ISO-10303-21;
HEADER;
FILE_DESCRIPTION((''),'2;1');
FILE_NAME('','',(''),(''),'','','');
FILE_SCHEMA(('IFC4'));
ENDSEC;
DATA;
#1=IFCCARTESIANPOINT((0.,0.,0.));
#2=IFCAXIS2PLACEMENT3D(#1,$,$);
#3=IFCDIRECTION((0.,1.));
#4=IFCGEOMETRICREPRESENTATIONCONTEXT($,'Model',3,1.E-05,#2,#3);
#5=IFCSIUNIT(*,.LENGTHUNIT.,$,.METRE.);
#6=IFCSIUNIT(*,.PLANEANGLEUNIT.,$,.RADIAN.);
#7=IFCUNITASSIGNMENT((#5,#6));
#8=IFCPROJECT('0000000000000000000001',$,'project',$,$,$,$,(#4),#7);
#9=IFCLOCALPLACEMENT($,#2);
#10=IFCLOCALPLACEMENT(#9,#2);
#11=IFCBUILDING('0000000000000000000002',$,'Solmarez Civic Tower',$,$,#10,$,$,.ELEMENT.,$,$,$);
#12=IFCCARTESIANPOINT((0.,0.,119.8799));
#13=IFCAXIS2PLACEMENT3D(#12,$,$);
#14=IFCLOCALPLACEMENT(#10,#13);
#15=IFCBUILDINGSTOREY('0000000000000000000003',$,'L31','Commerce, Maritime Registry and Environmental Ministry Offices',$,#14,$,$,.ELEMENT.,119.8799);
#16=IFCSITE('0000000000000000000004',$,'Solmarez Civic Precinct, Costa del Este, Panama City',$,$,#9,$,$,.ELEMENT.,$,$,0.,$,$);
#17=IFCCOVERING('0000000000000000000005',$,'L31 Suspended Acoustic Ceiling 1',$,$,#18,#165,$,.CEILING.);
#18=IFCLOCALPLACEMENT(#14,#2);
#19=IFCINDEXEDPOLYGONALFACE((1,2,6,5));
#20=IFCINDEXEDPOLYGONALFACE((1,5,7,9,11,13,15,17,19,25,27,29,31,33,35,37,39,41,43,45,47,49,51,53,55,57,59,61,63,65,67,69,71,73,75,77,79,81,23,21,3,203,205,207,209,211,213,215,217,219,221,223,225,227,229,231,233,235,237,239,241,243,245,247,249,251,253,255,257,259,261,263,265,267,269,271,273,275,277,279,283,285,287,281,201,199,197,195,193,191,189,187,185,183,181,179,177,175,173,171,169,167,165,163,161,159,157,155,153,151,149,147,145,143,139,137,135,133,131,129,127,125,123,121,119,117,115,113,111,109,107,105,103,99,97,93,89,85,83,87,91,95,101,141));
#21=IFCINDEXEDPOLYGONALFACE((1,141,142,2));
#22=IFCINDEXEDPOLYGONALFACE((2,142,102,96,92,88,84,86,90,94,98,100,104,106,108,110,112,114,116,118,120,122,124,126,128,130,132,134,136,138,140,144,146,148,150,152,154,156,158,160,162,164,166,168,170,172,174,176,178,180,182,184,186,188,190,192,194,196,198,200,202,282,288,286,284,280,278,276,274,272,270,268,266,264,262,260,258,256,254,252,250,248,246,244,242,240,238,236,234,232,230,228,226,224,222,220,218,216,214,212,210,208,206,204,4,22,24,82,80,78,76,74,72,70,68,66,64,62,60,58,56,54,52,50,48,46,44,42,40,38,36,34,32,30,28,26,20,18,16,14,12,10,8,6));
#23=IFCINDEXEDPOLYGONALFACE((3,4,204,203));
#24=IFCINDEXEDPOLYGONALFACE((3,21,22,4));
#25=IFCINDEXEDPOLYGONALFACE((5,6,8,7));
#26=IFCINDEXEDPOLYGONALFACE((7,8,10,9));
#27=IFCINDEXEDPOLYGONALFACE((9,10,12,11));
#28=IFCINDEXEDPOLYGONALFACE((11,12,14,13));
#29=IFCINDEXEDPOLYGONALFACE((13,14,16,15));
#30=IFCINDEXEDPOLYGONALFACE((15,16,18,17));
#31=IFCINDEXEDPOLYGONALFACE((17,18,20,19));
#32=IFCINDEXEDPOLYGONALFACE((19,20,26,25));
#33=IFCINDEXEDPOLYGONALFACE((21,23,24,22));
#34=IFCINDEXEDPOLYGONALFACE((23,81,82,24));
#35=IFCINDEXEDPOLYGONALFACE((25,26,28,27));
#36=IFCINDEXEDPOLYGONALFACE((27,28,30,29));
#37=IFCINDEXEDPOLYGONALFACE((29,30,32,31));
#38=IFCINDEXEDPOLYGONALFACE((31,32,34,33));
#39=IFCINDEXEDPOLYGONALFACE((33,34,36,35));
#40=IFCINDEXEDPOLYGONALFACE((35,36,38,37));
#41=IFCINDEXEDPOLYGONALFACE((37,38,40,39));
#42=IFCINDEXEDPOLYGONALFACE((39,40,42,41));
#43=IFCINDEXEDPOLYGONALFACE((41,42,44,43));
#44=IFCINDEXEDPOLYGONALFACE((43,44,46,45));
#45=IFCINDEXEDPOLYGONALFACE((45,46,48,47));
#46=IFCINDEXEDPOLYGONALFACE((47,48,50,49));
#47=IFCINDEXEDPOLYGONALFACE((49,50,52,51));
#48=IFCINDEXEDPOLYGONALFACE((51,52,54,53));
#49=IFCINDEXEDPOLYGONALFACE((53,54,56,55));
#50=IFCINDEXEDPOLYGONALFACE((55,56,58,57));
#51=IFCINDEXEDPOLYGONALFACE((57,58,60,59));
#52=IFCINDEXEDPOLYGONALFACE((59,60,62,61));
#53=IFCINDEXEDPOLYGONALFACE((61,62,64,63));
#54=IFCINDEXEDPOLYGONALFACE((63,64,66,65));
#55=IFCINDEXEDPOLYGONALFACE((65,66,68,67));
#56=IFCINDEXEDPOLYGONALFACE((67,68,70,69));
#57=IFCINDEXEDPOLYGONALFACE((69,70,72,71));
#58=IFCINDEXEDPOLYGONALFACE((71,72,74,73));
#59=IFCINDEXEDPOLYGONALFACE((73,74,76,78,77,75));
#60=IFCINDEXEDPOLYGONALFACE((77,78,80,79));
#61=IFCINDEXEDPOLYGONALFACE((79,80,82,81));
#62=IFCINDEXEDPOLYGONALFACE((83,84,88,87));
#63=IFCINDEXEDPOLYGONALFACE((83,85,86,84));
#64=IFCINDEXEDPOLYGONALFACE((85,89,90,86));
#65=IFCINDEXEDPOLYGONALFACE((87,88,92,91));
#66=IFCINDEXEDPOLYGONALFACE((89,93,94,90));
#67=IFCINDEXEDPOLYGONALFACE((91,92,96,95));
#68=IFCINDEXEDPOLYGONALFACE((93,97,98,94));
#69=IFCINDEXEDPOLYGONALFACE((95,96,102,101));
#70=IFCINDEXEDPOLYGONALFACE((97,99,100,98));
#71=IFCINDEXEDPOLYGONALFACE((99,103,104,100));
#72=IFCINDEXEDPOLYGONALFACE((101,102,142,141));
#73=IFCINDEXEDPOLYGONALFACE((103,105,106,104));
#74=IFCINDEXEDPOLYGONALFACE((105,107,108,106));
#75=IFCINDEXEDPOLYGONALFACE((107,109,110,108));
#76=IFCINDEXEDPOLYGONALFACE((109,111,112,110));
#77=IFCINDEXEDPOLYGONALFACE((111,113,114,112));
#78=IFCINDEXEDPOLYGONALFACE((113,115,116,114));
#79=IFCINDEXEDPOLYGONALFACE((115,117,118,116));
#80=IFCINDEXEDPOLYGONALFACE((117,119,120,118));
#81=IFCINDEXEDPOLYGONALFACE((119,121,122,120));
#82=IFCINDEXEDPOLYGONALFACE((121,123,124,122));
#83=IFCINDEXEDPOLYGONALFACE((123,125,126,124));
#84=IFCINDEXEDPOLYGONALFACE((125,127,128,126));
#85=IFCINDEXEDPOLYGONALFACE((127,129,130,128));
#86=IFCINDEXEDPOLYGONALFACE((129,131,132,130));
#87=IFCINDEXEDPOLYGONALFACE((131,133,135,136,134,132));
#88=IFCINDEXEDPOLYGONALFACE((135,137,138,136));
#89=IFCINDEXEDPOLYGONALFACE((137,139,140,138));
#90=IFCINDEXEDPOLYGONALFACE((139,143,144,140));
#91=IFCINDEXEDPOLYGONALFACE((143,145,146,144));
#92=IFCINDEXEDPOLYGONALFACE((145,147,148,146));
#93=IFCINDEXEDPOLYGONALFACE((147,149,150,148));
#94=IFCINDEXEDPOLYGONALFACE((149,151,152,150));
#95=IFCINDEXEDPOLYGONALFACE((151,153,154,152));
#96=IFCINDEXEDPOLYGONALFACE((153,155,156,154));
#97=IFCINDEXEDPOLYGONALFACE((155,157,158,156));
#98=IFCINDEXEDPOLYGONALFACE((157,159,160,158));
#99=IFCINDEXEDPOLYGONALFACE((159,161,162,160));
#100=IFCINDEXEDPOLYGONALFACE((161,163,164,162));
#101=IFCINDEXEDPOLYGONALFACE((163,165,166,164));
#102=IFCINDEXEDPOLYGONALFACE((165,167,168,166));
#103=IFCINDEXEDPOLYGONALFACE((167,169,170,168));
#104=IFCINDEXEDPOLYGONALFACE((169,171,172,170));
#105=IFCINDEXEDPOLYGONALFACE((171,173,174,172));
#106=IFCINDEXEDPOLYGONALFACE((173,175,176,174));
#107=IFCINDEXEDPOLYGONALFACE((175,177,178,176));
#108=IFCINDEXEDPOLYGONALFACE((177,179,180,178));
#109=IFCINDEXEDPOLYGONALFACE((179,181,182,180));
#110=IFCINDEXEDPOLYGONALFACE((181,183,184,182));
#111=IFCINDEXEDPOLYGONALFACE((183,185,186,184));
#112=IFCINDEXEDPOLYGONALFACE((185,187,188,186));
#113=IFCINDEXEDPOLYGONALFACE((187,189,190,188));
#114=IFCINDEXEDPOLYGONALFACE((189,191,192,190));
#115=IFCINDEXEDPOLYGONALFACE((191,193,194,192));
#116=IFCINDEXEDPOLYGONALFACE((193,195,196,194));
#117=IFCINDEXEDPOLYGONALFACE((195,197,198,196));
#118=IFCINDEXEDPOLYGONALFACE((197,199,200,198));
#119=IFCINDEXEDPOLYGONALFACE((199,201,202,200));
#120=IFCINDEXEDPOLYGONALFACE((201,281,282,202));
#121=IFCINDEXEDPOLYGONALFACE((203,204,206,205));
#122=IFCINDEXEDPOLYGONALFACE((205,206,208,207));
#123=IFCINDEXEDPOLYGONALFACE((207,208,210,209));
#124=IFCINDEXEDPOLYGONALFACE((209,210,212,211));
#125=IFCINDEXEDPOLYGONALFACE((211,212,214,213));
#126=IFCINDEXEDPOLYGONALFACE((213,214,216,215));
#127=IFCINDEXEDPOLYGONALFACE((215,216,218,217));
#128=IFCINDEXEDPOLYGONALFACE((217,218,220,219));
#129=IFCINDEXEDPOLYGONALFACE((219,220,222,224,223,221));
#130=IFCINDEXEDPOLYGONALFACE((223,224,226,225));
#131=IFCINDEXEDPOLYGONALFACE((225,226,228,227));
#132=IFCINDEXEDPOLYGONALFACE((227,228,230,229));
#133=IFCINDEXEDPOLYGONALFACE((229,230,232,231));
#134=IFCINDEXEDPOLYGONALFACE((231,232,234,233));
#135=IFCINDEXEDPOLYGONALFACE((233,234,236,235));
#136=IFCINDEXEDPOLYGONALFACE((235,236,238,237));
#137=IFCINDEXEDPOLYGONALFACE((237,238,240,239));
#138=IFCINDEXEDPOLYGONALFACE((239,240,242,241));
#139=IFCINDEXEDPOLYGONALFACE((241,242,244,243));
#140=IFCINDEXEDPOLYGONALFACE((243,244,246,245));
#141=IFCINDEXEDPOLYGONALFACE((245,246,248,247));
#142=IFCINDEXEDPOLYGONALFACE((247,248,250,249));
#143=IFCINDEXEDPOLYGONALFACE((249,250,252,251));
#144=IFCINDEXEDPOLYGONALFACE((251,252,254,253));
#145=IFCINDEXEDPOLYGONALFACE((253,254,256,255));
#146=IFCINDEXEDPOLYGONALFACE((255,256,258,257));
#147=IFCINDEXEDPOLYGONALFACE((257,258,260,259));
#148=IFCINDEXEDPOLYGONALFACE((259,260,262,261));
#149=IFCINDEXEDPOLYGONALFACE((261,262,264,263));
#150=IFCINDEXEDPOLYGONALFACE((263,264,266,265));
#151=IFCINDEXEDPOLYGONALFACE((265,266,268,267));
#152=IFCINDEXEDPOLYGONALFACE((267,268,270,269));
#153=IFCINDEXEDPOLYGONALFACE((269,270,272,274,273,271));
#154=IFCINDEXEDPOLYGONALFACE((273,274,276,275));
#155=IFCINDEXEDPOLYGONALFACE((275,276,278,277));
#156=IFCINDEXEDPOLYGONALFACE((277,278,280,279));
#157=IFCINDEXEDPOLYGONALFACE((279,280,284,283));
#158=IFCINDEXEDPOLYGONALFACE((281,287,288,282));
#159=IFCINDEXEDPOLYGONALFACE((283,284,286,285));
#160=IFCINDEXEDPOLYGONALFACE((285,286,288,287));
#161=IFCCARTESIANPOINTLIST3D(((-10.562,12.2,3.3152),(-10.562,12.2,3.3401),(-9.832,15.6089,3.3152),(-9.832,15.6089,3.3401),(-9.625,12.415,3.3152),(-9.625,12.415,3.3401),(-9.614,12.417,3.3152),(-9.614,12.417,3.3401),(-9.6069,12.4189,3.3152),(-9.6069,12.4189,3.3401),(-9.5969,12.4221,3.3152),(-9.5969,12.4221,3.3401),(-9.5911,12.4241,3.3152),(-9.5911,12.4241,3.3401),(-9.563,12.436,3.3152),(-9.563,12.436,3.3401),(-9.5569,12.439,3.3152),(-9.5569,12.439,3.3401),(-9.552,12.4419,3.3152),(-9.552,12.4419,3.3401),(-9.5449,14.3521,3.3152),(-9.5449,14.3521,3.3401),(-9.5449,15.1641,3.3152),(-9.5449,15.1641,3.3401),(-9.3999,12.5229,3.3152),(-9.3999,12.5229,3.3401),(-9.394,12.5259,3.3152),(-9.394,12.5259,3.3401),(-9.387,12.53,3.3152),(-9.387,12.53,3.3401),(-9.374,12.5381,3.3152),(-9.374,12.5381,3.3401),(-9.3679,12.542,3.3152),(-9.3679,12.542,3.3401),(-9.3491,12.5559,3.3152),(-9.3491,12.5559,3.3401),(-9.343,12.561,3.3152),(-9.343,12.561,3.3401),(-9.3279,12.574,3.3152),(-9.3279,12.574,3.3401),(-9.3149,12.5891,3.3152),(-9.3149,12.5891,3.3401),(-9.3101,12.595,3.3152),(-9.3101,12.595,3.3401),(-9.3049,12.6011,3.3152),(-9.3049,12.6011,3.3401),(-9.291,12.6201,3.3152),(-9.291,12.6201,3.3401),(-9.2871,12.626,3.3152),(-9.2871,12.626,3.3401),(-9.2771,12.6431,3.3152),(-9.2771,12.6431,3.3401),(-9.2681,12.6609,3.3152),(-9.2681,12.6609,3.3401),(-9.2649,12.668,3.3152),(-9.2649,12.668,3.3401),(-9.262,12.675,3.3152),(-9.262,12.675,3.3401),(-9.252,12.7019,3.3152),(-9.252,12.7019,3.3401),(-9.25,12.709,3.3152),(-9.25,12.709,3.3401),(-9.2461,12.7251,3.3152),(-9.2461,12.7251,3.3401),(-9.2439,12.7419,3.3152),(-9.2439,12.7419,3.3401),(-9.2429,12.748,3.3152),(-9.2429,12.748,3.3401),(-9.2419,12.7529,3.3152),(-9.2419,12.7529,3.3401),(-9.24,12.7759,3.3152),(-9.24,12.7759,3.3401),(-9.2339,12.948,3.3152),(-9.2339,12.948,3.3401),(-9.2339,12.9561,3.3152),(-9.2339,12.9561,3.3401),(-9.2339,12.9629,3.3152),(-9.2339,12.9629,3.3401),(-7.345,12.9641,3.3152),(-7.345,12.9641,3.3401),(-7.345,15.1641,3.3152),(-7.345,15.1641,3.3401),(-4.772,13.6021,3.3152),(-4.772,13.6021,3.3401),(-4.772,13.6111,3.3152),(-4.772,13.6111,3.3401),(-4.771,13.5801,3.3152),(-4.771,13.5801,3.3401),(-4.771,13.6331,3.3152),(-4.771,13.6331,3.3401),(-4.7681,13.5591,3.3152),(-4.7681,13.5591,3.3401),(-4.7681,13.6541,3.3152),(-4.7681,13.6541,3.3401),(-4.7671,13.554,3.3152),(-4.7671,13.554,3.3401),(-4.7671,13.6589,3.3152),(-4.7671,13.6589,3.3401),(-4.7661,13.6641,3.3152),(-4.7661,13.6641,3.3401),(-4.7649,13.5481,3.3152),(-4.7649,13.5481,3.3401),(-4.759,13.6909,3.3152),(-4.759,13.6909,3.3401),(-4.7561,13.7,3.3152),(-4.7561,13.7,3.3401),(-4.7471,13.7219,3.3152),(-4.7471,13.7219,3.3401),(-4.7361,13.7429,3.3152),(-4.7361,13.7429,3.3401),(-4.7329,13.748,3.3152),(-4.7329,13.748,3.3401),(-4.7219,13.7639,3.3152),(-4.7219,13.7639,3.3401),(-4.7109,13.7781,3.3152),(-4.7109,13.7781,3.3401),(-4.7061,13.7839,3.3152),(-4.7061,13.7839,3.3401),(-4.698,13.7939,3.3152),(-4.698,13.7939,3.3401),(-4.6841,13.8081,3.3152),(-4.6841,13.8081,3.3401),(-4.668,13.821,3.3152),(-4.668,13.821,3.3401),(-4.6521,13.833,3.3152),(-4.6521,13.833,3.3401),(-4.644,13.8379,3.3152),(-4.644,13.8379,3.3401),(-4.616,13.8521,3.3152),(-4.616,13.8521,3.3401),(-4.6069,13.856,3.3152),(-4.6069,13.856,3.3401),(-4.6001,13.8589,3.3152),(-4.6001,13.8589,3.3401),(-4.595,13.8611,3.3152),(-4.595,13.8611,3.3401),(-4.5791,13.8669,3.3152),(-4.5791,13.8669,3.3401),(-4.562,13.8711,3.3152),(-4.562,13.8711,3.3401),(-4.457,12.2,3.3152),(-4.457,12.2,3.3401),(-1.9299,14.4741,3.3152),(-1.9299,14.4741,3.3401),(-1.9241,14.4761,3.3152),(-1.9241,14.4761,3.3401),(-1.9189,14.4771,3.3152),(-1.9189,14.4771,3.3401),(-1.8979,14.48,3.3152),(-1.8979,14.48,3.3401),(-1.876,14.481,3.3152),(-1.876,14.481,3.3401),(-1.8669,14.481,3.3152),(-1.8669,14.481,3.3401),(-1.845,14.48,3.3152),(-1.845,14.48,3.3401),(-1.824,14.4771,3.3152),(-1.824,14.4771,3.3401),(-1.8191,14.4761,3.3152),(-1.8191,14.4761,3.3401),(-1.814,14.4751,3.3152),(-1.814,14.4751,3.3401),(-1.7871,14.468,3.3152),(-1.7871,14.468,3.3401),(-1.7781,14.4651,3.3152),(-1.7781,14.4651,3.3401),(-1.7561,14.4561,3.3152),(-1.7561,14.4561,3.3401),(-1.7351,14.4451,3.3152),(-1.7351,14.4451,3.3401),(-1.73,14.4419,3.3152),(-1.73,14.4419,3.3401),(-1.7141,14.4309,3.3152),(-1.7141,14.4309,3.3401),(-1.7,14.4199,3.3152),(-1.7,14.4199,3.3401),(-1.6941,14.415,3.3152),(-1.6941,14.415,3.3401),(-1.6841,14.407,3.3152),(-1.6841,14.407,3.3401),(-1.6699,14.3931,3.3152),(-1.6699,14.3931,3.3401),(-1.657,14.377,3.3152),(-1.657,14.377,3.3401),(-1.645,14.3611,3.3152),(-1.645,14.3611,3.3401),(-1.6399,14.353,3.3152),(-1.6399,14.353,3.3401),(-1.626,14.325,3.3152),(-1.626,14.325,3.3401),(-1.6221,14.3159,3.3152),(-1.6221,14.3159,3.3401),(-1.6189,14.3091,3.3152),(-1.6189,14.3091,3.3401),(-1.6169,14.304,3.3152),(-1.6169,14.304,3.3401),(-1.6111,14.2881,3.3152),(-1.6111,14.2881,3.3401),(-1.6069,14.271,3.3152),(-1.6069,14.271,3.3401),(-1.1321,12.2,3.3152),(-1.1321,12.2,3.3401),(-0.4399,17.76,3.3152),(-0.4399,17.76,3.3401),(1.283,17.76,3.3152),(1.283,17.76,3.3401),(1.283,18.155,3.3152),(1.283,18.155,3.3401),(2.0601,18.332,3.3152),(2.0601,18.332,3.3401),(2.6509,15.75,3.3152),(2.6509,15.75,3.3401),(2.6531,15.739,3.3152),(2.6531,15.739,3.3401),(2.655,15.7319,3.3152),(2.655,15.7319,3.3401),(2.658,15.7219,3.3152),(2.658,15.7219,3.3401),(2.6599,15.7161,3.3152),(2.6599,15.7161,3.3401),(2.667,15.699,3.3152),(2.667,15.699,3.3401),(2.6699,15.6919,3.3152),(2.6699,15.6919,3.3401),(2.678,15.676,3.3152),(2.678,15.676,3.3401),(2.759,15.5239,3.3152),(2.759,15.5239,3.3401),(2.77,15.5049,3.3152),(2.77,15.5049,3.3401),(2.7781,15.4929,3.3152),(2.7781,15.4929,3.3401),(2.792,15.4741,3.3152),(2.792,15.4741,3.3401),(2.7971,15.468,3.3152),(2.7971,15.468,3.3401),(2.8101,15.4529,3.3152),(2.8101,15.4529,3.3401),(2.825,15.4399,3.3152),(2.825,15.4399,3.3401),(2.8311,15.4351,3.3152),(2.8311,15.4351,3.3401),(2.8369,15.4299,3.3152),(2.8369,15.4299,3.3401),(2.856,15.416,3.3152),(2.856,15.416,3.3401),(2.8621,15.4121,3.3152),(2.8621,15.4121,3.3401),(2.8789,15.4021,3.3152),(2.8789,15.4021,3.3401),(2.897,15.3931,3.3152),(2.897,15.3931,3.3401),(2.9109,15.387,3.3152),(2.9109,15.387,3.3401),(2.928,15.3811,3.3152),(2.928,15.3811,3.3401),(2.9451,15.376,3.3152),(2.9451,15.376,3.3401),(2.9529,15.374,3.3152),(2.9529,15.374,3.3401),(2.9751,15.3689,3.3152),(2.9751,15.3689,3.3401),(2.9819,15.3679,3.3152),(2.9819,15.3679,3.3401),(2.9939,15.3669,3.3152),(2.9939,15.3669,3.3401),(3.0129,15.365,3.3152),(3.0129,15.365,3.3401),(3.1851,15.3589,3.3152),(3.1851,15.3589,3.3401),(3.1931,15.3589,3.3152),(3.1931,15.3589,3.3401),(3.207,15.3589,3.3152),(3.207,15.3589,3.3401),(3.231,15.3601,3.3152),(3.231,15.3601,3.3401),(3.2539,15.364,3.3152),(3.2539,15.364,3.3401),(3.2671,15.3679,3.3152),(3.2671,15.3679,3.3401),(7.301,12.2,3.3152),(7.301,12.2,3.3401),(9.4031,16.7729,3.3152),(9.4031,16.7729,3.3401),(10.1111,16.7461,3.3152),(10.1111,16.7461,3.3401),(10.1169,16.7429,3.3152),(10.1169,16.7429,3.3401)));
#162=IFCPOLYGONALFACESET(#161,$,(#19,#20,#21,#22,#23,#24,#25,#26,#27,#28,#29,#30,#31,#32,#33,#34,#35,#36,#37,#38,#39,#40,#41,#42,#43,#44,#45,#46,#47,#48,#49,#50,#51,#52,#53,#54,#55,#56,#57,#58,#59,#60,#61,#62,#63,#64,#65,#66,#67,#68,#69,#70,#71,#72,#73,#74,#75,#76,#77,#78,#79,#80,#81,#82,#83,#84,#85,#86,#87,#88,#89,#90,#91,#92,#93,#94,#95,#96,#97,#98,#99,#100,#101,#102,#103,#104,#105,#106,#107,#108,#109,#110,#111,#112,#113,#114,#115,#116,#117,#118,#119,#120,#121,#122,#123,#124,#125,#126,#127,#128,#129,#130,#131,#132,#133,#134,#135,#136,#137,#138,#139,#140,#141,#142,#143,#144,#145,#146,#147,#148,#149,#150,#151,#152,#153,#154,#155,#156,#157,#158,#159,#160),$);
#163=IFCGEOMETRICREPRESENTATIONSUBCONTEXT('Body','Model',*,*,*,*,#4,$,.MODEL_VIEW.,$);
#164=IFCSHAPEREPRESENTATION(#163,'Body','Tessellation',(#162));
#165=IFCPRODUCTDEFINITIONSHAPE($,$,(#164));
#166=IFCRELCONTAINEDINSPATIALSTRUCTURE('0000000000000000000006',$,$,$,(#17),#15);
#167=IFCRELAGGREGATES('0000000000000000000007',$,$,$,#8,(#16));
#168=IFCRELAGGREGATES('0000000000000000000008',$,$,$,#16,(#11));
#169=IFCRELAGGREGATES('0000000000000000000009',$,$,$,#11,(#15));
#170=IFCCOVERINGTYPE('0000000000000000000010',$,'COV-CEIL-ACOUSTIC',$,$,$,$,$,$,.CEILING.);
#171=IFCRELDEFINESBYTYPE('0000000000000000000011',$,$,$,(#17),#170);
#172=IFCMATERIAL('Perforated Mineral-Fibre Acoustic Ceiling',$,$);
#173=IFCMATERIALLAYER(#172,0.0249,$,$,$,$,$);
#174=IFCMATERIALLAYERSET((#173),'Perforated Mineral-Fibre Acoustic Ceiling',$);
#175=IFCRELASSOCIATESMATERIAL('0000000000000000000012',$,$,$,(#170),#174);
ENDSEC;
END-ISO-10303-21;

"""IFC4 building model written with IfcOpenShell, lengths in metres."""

from ifc_helpers import new_model, si_unit, direction, frame, origin, place, context, subcontext, project, spatial, polyline, outline, extrude, material, layer, layer_set, type_object, element, save


model = new_model("IFC4")

# Units and contexts
model_context = context("Model", 3, precision=1e-05, world=origin(), true_north=direction((0.0, 1.0)))
body_context = subcontext(model_context, "Body", "Model", "MODEL_VIEW")
ifc_project = project(units=[si_unit("LENGTHUNIT", "METRE"), si_unit("PLANEANGLEUNIT", "RADIAN")], contexts=[model_context])

# Site, building, storey
site_placement = place(None, origin())
site = spatial("IfcSite", under=ifc_project, at=site_placement, Name="Solmarez Civic Precinct, Costa del Este, Panama City", CompositionType="ELEMENT", RefElevation=0.0)
building_placement = place(site_placement, origin())
building = spatial("IfcBuilding", under=site, at=building_placement, Name="Solmarez Civic Tower", CompositionType="ELEMENT")
storey_placement = place(building_placement, frame((0.0, 0.0, 119.8799)))
storey = spatial("IfcBuildingStorey", under=building, at=storey_placement, Name="L31", Description="Commerce, Maritime Registry and Environmental Ministry Offices", CompositionType="ELEMENT", Elevation=119.8799)

# Covering
ifc_material_1 = material(Name="Perforated Mineral-Fibre Acoustic Ceiling")
ifc_layer_1 = layer(ifc_material_1, 0.0249)
ifc_layer_set_1 = layer_set([ifc_layer_1], Name="Perforated Mineral-Fibre Acoustic Ceiling")
covering_type_1 = type_object("IfcCoveringType", Name="COV-CEIL-ACOUSTIC", PredefinedType="CEILING", material=ifc_layer_set_1)
covering_1_placement = place(storey_placement, frame((0.0, 0.0, 3.3152)))
element("IfcCovering", 1, at=covering_1_placement, inside=storey, type_object=covering_type_1, Name="L31 Suspended Acoustic Ceiling 1", PredefinedType="CEILING", context=body_context, shape_type="SweptSolid", body=[
    extrude(outline(polyline([(-9.832, 15.6089), (-9.5449, 14.3521), (-9.5449, 15.1641), (-7.345, 15.1641), (-7.345, 12.9641), (-9.2339, 12.9629), (-9.2339, 12.9561), (-9.2339, 12.948), (-9.24, 12.7759), (-9.2419, 12.7529), (-9.2429, 12.748), (-9.2439, 12.7419), (-9.2461, 12.7251), (-9.25, 12.709), (-9.252, 12.7019), (-9.262, 12.675), (-9.2649, 12.668), (-9.2681, 12.6609), (-9.2771, 12.6431), (-9.2871, 12.626), (-9.291, 12.6201), (-9.3049, 12.6011), (-9.3101, 12.595), (-9.3149, 12.5891), (-9.3279, 12.574), (-9.343, 12.561), (-9.3491, 12.5559), (-9.3679, 12.542), (-9.374, 12.5381), (-9.387, 12.53), (-9.394, 12.5259), (-9.3999, 12.5229), (-9.552, 12.4419), (-9.5569, 12.439), (-9.563, 12.436), (-9.5911, 12.4241), (-9.5969, 12.4221), (-9.6069, 12.4189), (-9.614, 12.417), (-9.625, 12.415), (-10.562, 12.2), (-4.457, 12.2), (-4.7649, 13.5481), (-4.7671, 13.554), (-4.7681, 13.5591), (-4.771, 13.5801), (-4.772, 13.6021), (-4.772, 13.6111), (-4.771, 13.6331), (-4.7681, 13.6541), (-4.7671, 13.6589), (-4.7661, 13.6641), (-4.759, 13.6909), (-4.7561, 13.7), (-4.7471, 13.7219), (-4.7361, 13.7429), (-4.7329, 13.748), (-4.7219, 13.7639), (-4.7109, 13.7781), (-4.7061, 13.7839), (-4.698, 13.7939), (-4.6841, 13.8081), (-4.668, 13.821), (-4.6521, 13.833), (-4.644, 13.8379), (-4.616, 13.8521), (-4.6069, 13.856), (-4.6001, 13.8589), (-4.595, 13.8611), (-4.5791, 13.8669), (-4.562, 13.8711), (-1.9299, 14.4741), (-1.9241, 14.4761), (-1.9189, 14.4771), (-1.8979, 14.48), (-1.876, 14.481), (-1.8669, 14.481), (-1.845, 14.48), (-1.824, 14.4771), (-1.8191, 14.4761), (-1.814, 14.4751), (-1.7871, 14.468), (-1.7781, 14.4651), (-1.7561, 14.4561), (-1.7351, 14.4451), (-1.73, 14.4419), (-1.7141, 14.4309), (-1.7, 14.4199), (-1.6941, 14.415), (-1.6841, 14.407), (-1.6699, 14.3931), (-1.657, 14.377), (-1.645, 14.3611), (-1.6399, 14.353), (-1.626, 14.325), (-1.6221, 14.3159), (-1.6189, 14.3091), (-1.6169, 14.304), (-1.6111, 14.2881), (-1.6069, 14.271), (-1.1321, 12.2), (7.301, 12.2), (10.1169, 16.7429), (10.1111, 16.7461), (9.4031, 16.7729), (3.2671, 15.3679), (3.2539, 15.364), (3.231, 15.3601), (3.207, 15.3589), (3.1931, 15.3589), (3.1851, 15.3589), (3.0129, 15.365), (2.9939, 15.3669), (2.9819, 15.3679), (2.9751, 15.3689), (2.9529, 15.374), (2.9451, 15.376), (2.928, 15.3811), (2.9109, 15.387), (2.897, 15.3931), (2.8789, 15.4021), (2.8621, 15.4121), (2.856, 15.416), (2.8369, 15.4299), (2.8311, 15.4351), (2.825, 15.4399), (2.8101, 15.4529), (2.7971, 15.468), (2.792, 15.4741), (2.7781, 15.4929), (2.77, 15.5049), (2.759, 15.5239), (2.678, 15.676), (2.6699, 15.6919), (2.667, 15.699), (2.6599, 15.7161), (2.658, 15.7219), (2.655, 15.7319), (2.6531, 15.739), (2.6509, 15.75), (2.0601, 18.332), (1.283, 18.155), (1.283, 17.76), (-0.4399, 17.76), (-9.832, 15.6089)])), origin(), (0.0, 0.0, 1.0), 0.0249),
])

save(model, "model.ifc")
